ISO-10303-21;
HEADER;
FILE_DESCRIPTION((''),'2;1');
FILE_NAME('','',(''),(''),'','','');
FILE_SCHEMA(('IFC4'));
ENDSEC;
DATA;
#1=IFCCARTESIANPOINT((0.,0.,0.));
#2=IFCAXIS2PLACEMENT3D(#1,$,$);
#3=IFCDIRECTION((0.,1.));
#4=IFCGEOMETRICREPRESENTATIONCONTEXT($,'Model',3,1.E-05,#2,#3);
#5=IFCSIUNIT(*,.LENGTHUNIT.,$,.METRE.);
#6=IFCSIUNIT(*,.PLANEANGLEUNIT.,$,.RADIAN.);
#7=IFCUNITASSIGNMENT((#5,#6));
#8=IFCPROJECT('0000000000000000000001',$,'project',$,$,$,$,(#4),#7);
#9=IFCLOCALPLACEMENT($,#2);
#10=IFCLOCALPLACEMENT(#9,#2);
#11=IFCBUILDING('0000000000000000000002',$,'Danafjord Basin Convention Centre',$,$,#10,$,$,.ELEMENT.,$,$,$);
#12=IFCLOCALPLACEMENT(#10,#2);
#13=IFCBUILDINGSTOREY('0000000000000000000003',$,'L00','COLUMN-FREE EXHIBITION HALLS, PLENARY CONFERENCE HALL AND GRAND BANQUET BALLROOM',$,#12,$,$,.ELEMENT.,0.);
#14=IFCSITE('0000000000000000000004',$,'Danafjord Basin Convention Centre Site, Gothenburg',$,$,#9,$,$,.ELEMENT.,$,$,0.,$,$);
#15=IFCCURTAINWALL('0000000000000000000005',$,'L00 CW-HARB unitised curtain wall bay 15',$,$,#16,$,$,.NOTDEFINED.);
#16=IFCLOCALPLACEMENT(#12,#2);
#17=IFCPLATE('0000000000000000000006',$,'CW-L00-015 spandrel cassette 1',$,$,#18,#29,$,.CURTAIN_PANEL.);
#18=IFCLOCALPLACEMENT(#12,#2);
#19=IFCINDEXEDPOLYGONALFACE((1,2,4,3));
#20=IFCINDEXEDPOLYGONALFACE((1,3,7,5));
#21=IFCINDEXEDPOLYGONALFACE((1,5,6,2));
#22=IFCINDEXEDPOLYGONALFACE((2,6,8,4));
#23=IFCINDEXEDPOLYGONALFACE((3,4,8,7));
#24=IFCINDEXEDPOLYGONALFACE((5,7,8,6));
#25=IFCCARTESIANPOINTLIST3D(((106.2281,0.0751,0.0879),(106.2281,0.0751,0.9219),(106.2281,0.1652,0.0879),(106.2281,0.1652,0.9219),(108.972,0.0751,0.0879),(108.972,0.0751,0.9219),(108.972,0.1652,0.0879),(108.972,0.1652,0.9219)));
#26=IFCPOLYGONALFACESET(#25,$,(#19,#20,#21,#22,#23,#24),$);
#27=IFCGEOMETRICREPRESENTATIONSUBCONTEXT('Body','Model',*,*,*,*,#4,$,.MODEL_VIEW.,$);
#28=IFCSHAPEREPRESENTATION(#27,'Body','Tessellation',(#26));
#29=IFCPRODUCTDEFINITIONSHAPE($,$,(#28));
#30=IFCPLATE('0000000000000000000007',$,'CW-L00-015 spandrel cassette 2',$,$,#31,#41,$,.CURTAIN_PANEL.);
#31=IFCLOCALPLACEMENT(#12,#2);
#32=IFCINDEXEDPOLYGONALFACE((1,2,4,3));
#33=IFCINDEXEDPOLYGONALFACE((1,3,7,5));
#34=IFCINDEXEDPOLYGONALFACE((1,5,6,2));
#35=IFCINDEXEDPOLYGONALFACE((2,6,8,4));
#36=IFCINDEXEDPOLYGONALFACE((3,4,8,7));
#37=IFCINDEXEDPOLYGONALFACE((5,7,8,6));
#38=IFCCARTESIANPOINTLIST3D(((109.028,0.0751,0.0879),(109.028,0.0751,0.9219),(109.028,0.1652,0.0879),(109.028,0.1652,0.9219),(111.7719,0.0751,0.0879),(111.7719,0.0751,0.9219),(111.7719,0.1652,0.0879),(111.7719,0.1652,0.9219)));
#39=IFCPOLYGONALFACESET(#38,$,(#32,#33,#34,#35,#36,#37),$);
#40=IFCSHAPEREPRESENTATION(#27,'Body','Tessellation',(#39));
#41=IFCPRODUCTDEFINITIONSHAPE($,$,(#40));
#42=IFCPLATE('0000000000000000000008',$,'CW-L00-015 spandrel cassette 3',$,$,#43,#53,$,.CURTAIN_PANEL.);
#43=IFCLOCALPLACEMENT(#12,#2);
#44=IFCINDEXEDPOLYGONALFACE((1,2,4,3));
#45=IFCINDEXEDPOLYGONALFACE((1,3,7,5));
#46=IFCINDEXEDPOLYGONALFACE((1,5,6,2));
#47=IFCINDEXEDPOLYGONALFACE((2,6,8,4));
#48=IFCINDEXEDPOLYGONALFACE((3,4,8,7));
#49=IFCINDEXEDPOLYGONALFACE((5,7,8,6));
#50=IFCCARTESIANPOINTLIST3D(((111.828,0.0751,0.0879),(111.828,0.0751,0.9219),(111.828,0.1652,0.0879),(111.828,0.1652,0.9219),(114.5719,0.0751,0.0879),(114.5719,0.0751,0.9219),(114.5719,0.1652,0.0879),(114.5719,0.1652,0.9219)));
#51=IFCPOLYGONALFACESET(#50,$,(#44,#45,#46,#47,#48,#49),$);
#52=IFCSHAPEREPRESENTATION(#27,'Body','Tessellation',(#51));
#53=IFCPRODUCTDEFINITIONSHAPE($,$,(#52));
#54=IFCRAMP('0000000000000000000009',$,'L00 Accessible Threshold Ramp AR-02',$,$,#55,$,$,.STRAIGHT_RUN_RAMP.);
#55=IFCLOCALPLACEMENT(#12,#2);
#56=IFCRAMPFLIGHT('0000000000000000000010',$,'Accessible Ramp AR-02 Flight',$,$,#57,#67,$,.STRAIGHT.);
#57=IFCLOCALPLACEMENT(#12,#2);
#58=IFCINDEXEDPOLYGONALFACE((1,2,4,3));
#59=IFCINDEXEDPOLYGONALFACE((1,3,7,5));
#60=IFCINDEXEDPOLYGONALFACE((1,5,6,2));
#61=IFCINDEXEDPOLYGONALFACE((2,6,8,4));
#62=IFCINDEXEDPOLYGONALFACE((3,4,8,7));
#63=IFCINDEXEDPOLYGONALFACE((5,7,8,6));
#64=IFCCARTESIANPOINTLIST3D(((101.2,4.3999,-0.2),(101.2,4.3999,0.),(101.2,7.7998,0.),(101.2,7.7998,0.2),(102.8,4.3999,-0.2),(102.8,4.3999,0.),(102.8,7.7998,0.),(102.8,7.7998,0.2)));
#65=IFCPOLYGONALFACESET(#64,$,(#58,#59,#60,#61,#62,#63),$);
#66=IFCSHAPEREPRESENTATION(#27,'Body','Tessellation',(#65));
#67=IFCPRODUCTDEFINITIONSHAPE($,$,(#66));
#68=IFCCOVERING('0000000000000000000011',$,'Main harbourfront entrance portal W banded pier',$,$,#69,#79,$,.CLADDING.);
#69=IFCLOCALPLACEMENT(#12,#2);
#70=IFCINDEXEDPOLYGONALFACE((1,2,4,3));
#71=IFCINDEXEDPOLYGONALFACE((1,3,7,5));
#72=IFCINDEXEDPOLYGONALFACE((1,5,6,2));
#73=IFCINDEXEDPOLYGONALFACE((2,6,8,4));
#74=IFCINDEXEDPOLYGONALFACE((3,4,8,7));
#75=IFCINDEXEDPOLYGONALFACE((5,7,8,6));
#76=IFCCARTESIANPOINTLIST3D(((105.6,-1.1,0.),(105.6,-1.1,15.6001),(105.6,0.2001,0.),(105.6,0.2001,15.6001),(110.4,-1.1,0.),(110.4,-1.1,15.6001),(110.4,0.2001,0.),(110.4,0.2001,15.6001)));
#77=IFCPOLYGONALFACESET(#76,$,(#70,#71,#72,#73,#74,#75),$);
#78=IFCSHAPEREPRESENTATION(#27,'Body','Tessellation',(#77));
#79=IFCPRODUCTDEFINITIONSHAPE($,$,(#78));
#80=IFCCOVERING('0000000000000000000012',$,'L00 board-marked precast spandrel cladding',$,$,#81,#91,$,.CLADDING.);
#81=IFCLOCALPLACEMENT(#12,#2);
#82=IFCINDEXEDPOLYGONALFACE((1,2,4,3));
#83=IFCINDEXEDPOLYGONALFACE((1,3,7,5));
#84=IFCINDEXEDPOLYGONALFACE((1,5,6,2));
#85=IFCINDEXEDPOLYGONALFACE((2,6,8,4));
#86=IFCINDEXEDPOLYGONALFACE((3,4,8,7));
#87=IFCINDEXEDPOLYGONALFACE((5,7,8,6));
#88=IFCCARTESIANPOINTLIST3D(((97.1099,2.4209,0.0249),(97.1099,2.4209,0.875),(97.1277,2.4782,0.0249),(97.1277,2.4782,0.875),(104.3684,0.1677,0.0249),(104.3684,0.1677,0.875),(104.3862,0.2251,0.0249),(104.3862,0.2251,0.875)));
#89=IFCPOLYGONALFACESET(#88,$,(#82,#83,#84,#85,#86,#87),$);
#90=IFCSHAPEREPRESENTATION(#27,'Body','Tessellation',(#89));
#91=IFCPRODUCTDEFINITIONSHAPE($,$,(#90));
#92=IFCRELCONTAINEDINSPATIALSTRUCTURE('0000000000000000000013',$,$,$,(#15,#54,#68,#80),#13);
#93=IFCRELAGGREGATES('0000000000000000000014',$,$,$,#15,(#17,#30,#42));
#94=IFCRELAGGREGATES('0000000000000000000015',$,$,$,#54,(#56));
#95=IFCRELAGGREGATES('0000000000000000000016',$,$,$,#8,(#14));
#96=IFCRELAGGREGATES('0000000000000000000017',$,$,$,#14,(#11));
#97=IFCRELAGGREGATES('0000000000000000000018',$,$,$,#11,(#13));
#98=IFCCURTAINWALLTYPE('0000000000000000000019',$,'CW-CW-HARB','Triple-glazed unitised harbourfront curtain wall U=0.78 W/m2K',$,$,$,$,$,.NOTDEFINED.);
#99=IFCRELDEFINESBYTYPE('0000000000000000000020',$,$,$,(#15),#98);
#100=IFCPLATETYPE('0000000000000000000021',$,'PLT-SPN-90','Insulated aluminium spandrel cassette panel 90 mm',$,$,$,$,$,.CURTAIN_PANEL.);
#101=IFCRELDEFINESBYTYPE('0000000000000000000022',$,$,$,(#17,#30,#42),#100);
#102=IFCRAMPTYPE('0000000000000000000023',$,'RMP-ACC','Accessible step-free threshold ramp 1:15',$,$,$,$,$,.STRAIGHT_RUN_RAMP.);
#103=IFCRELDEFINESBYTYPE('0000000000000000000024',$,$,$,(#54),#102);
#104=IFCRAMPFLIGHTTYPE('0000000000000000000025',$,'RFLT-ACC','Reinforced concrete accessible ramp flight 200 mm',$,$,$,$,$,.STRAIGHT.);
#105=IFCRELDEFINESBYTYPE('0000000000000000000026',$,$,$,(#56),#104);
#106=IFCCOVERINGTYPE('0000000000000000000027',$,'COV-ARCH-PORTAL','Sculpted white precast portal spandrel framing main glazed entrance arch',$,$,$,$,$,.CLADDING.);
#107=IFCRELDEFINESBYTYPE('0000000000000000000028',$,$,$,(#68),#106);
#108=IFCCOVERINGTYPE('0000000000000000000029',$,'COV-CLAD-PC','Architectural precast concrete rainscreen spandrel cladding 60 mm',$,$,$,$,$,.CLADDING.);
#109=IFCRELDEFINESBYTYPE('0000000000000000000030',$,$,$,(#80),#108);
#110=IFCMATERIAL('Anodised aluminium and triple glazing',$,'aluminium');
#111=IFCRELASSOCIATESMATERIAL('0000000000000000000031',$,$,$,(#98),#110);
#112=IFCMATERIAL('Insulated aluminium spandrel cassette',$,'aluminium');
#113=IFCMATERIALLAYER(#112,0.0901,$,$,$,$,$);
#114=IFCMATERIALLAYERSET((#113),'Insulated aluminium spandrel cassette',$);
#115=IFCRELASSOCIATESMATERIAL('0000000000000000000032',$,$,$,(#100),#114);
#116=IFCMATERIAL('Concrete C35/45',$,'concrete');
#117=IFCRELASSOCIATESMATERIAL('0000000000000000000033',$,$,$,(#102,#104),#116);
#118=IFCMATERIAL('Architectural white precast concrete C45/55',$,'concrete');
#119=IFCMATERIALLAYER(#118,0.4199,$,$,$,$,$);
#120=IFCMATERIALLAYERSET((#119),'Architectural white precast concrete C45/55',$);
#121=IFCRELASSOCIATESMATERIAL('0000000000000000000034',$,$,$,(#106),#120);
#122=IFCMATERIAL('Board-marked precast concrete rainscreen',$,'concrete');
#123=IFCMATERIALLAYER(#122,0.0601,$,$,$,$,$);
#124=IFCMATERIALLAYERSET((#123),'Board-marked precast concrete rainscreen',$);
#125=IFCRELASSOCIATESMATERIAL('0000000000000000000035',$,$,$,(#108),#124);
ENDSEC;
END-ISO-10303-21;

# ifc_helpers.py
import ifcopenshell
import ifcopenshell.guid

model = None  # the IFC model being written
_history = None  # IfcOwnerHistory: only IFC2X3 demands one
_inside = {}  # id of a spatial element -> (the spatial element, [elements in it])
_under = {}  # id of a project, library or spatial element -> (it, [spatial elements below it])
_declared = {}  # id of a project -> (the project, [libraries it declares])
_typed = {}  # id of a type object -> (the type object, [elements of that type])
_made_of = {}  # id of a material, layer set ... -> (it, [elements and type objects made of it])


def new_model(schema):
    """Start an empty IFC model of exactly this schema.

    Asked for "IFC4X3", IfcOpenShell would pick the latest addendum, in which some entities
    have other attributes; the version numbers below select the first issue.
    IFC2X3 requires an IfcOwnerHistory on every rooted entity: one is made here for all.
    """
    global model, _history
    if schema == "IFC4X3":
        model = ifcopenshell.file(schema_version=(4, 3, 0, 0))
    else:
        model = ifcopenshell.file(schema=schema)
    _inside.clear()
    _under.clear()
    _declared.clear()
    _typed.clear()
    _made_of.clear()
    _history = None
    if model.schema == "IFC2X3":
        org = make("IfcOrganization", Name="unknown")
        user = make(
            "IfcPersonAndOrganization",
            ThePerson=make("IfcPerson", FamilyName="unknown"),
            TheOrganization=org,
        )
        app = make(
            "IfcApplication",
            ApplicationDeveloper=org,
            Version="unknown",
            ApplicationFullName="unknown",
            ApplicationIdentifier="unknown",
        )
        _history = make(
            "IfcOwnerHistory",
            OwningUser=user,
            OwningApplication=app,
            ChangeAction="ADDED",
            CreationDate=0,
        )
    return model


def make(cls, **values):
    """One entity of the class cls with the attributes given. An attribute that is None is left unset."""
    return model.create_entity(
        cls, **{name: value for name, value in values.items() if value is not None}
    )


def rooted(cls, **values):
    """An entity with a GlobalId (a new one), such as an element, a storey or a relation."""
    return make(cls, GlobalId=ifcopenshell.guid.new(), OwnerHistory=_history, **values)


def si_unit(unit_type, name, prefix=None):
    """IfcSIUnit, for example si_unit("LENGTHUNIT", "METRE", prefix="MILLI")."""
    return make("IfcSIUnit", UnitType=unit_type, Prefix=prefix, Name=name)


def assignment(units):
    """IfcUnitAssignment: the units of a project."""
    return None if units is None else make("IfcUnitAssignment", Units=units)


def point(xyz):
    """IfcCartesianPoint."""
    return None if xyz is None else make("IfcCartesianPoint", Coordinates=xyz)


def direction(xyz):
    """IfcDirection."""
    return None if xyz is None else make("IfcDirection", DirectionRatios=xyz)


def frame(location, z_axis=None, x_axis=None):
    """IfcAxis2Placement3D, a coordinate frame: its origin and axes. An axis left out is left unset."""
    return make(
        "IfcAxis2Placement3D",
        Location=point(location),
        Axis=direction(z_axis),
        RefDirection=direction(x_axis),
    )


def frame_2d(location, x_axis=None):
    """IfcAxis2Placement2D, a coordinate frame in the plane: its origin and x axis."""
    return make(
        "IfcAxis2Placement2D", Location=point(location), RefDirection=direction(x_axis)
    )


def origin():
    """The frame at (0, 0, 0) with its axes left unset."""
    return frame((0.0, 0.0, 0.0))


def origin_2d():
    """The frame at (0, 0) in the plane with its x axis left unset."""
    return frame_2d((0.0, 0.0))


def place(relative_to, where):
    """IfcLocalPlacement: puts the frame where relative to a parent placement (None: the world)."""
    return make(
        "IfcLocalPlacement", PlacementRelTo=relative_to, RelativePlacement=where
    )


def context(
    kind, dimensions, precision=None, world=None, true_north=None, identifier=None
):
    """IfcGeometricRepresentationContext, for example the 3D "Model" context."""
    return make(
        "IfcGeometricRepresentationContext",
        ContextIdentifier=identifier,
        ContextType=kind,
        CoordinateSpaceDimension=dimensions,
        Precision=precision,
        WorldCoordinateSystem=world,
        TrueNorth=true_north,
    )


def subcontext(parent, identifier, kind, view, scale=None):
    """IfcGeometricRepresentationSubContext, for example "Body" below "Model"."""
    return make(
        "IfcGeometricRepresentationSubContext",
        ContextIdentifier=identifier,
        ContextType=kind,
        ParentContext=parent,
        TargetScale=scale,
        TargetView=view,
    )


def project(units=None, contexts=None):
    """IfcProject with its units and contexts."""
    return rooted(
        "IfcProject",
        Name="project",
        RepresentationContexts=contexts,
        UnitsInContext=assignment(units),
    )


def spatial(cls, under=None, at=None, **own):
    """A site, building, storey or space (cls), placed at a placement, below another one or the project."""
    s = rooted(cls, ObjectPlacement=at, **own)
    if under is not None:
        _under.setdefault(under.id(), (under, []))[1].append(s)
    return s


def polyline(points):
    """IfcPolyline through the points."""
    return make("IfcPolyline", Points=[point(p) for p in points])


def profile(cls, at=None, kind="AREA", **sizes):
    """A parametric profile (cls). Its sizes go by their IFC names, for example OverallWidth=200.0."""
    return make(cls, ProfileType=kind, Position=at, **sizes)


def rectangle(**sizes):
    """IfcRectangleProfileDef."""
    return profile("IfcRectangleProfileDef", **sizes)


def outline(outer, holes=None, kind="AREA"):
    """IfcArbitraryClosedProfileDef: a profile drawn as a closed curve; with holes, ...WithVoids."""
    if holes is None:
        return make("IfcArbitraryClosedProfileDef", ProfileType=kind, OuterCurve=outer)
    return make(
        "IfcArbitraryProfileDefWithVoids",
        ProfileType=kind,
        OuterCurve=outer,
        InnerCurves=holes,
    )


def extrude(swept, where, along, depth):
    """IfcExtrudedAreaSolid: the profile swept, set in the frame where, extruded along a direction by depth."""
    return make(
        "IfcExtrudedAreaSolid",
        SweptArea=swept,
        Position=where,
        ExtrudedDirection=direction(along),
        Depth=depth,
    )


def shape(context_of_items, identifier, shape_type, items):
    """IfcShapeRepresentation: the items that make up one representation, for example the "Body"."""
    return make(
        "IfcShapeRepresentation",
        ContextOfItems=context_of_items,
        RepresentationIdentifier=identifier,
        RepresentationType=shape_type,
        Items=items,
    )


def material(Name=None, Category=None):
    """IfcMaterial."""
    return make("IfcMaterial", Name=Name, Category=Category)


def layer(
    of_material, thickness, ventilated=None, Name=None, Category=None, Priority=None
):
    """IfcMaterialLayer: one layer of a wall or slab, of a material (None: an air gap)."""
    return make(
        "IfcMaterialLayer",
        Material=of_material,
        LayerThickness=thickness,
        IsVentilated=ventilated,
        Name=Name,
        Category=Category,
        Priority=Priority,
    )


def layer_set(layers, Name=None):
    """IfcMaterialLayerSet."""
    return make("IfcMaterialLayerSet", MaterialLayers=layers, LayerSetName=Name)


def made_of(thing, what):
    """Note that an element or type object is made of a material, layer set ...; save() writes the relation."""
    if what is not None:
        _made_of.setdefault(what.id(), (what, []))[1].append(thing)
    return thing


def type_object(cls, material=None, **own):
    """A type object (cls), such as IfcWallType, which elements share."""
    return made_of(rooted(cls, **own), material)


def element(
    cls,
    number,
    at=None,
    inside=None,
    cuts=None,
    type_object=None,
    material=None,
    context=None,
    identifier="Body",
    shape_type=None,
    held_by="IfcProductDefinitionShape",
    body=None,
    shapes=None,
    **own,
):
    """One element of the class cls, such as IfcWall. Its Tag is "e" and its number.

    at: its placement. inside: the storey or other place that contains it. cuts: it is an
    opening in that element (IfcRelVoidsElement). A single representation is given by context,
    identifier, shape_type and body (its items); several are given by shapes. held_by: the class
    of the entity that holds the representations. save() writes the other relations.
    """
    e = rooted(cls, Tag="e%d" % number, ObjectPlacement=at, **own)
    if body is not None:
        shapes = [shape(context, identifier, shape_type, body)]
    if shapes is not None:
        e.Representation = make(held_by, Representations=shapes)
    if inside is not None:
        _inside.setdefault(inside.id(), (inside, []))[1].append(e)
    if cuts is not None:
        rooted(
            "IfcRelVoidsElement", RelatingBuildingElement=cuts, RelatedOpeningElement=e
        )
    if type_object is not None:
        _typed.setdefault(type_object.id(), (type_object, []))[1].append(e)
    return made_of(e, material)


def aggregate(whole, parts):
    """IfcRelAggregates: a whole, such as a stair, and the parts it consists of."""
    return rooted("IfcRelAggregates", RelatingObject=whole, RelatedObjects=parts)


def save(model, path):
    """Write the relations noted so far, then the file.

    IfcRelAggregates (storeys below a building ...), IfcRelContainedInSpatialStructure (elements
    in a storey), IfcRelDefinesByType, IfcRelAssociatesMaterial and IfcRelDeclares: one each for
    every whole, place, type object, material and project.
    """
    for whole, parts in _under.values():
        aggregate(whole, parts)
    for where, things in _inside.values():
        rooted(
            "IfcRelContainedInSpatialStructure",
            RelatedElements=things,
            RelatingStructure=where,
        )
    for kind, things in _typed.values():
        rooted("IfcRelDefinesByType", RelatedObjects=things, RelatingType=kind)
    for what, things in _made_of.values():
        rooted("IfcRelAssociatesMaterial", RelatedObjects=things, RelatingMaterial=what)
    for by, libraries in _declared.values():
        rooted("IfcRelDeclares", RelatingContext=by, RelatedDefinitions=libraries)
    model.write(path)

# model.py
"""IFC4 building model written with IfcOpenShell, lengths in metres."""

from ifc_helpers import new_model, si_unit, direction, frame, origin, origin_2d, place, context, subcontext, project, spatial, polyline, rectangle, outline, extrude, material, layer, layer_set, type_object, element, aggregate, save


model = new_model("IFC4")

# Units and contexts
model_context = context("Model", 3, precision=1e-05, world=origin(), true_north=direction((0.0, 1.0)))
body_context = subcontext(model_context, "Body", "Model", "MODEL_VIEW")
ifc_project = project(units=[si_unit("LENGTHUNIT", "METRE"), si_unit("PLANEANGLEUNIT", "RADIAN")], contexts=[model_context])

# Site, building, storey
site_placement = place(None, origin())
site = spatial("IfcSite", under=ifc_project, at=site_placement, Name="Danafjord Basin Convention Centre Site, Gothenburg", CompositionType="ELEMENT", RefElevation=0.0)
building_placement = place(site_placement, origin())
building = spatial("IfcBuilding", under=site, at=building_placement, Name="Danafjord Basin Convention Centre", CompositionType="ELEMENT")
storey_placement = place(building_placement, origin())
storey = spatial("IfcBuildingStorey", under=building, at=storey_placement, Name="L00", Description="COLUMN-FREE EXHIBITION HALLS, PLENARY CONFERENCE HALL AND GRAND BANQUET BALLROOM", CompositionType="ELEMENT", Elevation=0.0)

# Shared definitions
ifc_material_1 = material(Name="Concrete C35/45", Category="concrete")

# Curtain wall, plates
ifc_material_2 = material(Name="Anodised aluminium and triple glazing", Category="aluminium")
curtain_wall_type = type_object("IfcCurtainWallType", Name="CW-CW-HARB", Description="Triple-glazed unitised harbourfront curtain wall U=0.78 W/m2K", PredefinedType="NOTDEFINED", material=ifc_material_2)
curtain_wall_placement = place(storey_placement, origin())
curtain_wall = element("IfcCurtainWall", 1, at=curtain_wall_placement, inside=storey, type_object=curtain_wall_type, Name="L00 CW-HARB unitised curtain wall bay 15", PredefinedType="NOTDEFINED")
ifc_material_3 = material(Name="Insulated aluminium spandrel cassette", Category="aluminium")
ifc_layer_1 = layer(ifc_material_3, 0.0901)
ifc_layer_set_1 = layer_set([ifc_layer_1], Name="Insulated aluminium spandrel cassette")
plate_type_1 = type_object("IfcPlateType", Name="PLT-SPN-90", Description="Insulated aluminium spandrel cassette panel 90 mm", PredefinedType="CURTAIN_PANEL", material=ifc_layer_set_1)
plate_1_placement = place(storey_placement, frame((107.6001, 0.1201, 0.0879), z_axis=(0.0, 0.0, 1.0), x_axis=(1.0, 0.0, 0.0)))
plate_1 = element("IfcPlate", 2, at=plate_1_placement, type_object=plate_type_1, Name="CW-L00-015 spandrel cassette 1", PredefinedType="CURTAIN_PANEL", context=body_context, shape_type="SweptSolid", body=[
    extrude(rectangle(XDim=2.7439, YDim=0.0901, at=origin_2d()), origin(), (0.0, 0.0, 1.0), 0.834),
])
plate_2_placement = place(storey_placement, frame((110.3999, 0.1201, 0.0879), z_axis=(0.0, 0.0, 1.0), x_axis=(1.0, 0.0, 0.0)))
plate_2 = element("IfcPlate", 3, at=plate_2_placement, type_object=plate_type_1, Name="CW-L00-015 spandrel cassette 2", PredefinedType="CURTAIN_PANEL", context=body_context, shape_type="SweptSolid", body=[
    extrude(rectangle(XDim=2.7439, YDim=0.0901, at=origin_2d()), origin(), (0.0, 0.0, 1.0), 0.834),
])
plate_3_placement = place(storey_placement, frame((113.2, 0.1201, 0.0879), z_axis=(0.0, 0.0, 1.0), x_axis=(1.0, 0.0, 0.0)))
plate_3 = element("IfcPlate", 4, at=plate_3_placement, type_object=plate_type_1, Name="CW-L00-015 spandrel cassette 3", PredefinedType="CURTAIN_PANEL", context=body_context, shape_type="SweptSolid", body=[
    extrude(rectangle(XDim=2.7439, YDim=0.0901, at=origin_2d()), origin(), (0.0, 0.0, 1.0), 0.834),
])
aggregate(curtain_wall, [plate_1, plate_2, plate_3])

# Ramp, ramp flight
ramp_type = type_object("IfcRampType", Name="RMP-ACC", Description="Accessible step-free threshold ramp 1:15", PredefinedType="STRAIGHT_RUN_RAMP", material=ifc_material_1)
ramp_placement = place(storey_placement, origin())
ramp = element("IfcRamp", 5, at=ramp_placement, inside=storey, type_object=ramp_type, Name="L00 Accessible Threshold Ramp AR-02", PredefinedType="STRAIGHT_RUN_RAMP")
ramp_flight_type = type_object("IfcRampFlightType", Name="RFLT-ACC", Description="Reinforced concrete accessible ramp flight 200 mm", PredefinedType="STRAIGHT", material=ifc_material_1)
ramp_flight_placement = place(storey_placement, frame((102.0, 4.3999, 0.0), z_axis=(0.0, 0.0, 1.0), x_axis=(0.0, 1.0, 0.0)))
ramp_flight = element("IfcRampFlight", 6, at=ramp_flight_placement, type_object=ramp_flight_type, Name="Accessible Ramp AR-02 Flight", PredefinedType="STRAIGHT", context=body_context, shape_type="SweptSolid", body=[
    extrude(outline(polyline([(0.0, 0.0), (3.3999, 0.2), (3.3999, 0.0), (0.0, -0.2), (0.0, 0.0)])), frame((0.0, 0.8, 0.0), z_axis=(0.0, -1.0, 0.0), x_axis=(1.0, 0.0, 0.0)), (0.0, 0.0, 1.0), 1.6001),
])
aggregate(ramp, [ramp_flight])

# Coverings
ifc_material_4 = material(Name="Architectural white precast concrete C45/55", Category="concrete")
ifc_layer_2 = layer(ifc_material_4, 0.4199)
ifc_layer_set_2 = layer_set([ifc_layer_2], Name="Architectural white precast concrete C45/55")
covering_type_1 = type_object("IfcCoveringType", Name="COV-ARCH-PORTAL", Description="Sculpted white precast portal spandrel framing main glazed entrance arch", PredefinedType="CLADDING", material=ifc_layer_set_2)
covering_1_placement = place(storey_placement, frame((108.0, -0.45, 0.0), z_axis=(0.0, 0.0, 1.0), x_axis=(1.0, 0.0, 0.0)))
element("IfcCovering", 7, at=covering_1_placement, inside=storey, type_object=covering_type_1, Name="Main harbourfront entrance portal W banded pier", PredefinedType="CLADDING", context=body_context, shape_type="SweptSolid", body=[
    extrude(rectangle(XDim=4.8, YDim=1.3, at=origin_2d()), origin(), (0.0, 0.0, 1.0), 15.6001),
])
ifc_material_5 = material(Name="Board-marked precast concrete rainscreen", Category="concrete")
ifc_layer_3 = layer(ifc_material_5, 0.0601)
ifc_layer_set_3 = layer_set([ifc_layer_3], Name="Board-marked precast concrete rainscreen")
covering_type_2 = type_object("IfcCoveringType", Name="COV-CLAD-PC", Description="Architectural precast concrete rainscreen spandrel cladding 60 mm", PredefinedType="CLADDING", material=ifc_layer_set_3)
covering_2_placement = place(storey_placement, frame((100.748, 1.323, 0.0249), z_axis=(0.0, 0.0, 1.0), x_axis=(0.955045, -0.296462, 0.0)))
element("IfcCovering", 8, at=covering_2_placement, inside=storey, type_object=covering_type_2, Name="L00 board-marked precast spandrel cladding", PredefinedType="CLADDING", context=body_context, shape_type="SweptSolid", body=[
    extrude(rectangle(XDim=7.6001, YDim=0.0601, at=origin_2d()), origin(), (0.0, 0.0, 1.0), 0.8501),
])

save(model, "model.ifc")
